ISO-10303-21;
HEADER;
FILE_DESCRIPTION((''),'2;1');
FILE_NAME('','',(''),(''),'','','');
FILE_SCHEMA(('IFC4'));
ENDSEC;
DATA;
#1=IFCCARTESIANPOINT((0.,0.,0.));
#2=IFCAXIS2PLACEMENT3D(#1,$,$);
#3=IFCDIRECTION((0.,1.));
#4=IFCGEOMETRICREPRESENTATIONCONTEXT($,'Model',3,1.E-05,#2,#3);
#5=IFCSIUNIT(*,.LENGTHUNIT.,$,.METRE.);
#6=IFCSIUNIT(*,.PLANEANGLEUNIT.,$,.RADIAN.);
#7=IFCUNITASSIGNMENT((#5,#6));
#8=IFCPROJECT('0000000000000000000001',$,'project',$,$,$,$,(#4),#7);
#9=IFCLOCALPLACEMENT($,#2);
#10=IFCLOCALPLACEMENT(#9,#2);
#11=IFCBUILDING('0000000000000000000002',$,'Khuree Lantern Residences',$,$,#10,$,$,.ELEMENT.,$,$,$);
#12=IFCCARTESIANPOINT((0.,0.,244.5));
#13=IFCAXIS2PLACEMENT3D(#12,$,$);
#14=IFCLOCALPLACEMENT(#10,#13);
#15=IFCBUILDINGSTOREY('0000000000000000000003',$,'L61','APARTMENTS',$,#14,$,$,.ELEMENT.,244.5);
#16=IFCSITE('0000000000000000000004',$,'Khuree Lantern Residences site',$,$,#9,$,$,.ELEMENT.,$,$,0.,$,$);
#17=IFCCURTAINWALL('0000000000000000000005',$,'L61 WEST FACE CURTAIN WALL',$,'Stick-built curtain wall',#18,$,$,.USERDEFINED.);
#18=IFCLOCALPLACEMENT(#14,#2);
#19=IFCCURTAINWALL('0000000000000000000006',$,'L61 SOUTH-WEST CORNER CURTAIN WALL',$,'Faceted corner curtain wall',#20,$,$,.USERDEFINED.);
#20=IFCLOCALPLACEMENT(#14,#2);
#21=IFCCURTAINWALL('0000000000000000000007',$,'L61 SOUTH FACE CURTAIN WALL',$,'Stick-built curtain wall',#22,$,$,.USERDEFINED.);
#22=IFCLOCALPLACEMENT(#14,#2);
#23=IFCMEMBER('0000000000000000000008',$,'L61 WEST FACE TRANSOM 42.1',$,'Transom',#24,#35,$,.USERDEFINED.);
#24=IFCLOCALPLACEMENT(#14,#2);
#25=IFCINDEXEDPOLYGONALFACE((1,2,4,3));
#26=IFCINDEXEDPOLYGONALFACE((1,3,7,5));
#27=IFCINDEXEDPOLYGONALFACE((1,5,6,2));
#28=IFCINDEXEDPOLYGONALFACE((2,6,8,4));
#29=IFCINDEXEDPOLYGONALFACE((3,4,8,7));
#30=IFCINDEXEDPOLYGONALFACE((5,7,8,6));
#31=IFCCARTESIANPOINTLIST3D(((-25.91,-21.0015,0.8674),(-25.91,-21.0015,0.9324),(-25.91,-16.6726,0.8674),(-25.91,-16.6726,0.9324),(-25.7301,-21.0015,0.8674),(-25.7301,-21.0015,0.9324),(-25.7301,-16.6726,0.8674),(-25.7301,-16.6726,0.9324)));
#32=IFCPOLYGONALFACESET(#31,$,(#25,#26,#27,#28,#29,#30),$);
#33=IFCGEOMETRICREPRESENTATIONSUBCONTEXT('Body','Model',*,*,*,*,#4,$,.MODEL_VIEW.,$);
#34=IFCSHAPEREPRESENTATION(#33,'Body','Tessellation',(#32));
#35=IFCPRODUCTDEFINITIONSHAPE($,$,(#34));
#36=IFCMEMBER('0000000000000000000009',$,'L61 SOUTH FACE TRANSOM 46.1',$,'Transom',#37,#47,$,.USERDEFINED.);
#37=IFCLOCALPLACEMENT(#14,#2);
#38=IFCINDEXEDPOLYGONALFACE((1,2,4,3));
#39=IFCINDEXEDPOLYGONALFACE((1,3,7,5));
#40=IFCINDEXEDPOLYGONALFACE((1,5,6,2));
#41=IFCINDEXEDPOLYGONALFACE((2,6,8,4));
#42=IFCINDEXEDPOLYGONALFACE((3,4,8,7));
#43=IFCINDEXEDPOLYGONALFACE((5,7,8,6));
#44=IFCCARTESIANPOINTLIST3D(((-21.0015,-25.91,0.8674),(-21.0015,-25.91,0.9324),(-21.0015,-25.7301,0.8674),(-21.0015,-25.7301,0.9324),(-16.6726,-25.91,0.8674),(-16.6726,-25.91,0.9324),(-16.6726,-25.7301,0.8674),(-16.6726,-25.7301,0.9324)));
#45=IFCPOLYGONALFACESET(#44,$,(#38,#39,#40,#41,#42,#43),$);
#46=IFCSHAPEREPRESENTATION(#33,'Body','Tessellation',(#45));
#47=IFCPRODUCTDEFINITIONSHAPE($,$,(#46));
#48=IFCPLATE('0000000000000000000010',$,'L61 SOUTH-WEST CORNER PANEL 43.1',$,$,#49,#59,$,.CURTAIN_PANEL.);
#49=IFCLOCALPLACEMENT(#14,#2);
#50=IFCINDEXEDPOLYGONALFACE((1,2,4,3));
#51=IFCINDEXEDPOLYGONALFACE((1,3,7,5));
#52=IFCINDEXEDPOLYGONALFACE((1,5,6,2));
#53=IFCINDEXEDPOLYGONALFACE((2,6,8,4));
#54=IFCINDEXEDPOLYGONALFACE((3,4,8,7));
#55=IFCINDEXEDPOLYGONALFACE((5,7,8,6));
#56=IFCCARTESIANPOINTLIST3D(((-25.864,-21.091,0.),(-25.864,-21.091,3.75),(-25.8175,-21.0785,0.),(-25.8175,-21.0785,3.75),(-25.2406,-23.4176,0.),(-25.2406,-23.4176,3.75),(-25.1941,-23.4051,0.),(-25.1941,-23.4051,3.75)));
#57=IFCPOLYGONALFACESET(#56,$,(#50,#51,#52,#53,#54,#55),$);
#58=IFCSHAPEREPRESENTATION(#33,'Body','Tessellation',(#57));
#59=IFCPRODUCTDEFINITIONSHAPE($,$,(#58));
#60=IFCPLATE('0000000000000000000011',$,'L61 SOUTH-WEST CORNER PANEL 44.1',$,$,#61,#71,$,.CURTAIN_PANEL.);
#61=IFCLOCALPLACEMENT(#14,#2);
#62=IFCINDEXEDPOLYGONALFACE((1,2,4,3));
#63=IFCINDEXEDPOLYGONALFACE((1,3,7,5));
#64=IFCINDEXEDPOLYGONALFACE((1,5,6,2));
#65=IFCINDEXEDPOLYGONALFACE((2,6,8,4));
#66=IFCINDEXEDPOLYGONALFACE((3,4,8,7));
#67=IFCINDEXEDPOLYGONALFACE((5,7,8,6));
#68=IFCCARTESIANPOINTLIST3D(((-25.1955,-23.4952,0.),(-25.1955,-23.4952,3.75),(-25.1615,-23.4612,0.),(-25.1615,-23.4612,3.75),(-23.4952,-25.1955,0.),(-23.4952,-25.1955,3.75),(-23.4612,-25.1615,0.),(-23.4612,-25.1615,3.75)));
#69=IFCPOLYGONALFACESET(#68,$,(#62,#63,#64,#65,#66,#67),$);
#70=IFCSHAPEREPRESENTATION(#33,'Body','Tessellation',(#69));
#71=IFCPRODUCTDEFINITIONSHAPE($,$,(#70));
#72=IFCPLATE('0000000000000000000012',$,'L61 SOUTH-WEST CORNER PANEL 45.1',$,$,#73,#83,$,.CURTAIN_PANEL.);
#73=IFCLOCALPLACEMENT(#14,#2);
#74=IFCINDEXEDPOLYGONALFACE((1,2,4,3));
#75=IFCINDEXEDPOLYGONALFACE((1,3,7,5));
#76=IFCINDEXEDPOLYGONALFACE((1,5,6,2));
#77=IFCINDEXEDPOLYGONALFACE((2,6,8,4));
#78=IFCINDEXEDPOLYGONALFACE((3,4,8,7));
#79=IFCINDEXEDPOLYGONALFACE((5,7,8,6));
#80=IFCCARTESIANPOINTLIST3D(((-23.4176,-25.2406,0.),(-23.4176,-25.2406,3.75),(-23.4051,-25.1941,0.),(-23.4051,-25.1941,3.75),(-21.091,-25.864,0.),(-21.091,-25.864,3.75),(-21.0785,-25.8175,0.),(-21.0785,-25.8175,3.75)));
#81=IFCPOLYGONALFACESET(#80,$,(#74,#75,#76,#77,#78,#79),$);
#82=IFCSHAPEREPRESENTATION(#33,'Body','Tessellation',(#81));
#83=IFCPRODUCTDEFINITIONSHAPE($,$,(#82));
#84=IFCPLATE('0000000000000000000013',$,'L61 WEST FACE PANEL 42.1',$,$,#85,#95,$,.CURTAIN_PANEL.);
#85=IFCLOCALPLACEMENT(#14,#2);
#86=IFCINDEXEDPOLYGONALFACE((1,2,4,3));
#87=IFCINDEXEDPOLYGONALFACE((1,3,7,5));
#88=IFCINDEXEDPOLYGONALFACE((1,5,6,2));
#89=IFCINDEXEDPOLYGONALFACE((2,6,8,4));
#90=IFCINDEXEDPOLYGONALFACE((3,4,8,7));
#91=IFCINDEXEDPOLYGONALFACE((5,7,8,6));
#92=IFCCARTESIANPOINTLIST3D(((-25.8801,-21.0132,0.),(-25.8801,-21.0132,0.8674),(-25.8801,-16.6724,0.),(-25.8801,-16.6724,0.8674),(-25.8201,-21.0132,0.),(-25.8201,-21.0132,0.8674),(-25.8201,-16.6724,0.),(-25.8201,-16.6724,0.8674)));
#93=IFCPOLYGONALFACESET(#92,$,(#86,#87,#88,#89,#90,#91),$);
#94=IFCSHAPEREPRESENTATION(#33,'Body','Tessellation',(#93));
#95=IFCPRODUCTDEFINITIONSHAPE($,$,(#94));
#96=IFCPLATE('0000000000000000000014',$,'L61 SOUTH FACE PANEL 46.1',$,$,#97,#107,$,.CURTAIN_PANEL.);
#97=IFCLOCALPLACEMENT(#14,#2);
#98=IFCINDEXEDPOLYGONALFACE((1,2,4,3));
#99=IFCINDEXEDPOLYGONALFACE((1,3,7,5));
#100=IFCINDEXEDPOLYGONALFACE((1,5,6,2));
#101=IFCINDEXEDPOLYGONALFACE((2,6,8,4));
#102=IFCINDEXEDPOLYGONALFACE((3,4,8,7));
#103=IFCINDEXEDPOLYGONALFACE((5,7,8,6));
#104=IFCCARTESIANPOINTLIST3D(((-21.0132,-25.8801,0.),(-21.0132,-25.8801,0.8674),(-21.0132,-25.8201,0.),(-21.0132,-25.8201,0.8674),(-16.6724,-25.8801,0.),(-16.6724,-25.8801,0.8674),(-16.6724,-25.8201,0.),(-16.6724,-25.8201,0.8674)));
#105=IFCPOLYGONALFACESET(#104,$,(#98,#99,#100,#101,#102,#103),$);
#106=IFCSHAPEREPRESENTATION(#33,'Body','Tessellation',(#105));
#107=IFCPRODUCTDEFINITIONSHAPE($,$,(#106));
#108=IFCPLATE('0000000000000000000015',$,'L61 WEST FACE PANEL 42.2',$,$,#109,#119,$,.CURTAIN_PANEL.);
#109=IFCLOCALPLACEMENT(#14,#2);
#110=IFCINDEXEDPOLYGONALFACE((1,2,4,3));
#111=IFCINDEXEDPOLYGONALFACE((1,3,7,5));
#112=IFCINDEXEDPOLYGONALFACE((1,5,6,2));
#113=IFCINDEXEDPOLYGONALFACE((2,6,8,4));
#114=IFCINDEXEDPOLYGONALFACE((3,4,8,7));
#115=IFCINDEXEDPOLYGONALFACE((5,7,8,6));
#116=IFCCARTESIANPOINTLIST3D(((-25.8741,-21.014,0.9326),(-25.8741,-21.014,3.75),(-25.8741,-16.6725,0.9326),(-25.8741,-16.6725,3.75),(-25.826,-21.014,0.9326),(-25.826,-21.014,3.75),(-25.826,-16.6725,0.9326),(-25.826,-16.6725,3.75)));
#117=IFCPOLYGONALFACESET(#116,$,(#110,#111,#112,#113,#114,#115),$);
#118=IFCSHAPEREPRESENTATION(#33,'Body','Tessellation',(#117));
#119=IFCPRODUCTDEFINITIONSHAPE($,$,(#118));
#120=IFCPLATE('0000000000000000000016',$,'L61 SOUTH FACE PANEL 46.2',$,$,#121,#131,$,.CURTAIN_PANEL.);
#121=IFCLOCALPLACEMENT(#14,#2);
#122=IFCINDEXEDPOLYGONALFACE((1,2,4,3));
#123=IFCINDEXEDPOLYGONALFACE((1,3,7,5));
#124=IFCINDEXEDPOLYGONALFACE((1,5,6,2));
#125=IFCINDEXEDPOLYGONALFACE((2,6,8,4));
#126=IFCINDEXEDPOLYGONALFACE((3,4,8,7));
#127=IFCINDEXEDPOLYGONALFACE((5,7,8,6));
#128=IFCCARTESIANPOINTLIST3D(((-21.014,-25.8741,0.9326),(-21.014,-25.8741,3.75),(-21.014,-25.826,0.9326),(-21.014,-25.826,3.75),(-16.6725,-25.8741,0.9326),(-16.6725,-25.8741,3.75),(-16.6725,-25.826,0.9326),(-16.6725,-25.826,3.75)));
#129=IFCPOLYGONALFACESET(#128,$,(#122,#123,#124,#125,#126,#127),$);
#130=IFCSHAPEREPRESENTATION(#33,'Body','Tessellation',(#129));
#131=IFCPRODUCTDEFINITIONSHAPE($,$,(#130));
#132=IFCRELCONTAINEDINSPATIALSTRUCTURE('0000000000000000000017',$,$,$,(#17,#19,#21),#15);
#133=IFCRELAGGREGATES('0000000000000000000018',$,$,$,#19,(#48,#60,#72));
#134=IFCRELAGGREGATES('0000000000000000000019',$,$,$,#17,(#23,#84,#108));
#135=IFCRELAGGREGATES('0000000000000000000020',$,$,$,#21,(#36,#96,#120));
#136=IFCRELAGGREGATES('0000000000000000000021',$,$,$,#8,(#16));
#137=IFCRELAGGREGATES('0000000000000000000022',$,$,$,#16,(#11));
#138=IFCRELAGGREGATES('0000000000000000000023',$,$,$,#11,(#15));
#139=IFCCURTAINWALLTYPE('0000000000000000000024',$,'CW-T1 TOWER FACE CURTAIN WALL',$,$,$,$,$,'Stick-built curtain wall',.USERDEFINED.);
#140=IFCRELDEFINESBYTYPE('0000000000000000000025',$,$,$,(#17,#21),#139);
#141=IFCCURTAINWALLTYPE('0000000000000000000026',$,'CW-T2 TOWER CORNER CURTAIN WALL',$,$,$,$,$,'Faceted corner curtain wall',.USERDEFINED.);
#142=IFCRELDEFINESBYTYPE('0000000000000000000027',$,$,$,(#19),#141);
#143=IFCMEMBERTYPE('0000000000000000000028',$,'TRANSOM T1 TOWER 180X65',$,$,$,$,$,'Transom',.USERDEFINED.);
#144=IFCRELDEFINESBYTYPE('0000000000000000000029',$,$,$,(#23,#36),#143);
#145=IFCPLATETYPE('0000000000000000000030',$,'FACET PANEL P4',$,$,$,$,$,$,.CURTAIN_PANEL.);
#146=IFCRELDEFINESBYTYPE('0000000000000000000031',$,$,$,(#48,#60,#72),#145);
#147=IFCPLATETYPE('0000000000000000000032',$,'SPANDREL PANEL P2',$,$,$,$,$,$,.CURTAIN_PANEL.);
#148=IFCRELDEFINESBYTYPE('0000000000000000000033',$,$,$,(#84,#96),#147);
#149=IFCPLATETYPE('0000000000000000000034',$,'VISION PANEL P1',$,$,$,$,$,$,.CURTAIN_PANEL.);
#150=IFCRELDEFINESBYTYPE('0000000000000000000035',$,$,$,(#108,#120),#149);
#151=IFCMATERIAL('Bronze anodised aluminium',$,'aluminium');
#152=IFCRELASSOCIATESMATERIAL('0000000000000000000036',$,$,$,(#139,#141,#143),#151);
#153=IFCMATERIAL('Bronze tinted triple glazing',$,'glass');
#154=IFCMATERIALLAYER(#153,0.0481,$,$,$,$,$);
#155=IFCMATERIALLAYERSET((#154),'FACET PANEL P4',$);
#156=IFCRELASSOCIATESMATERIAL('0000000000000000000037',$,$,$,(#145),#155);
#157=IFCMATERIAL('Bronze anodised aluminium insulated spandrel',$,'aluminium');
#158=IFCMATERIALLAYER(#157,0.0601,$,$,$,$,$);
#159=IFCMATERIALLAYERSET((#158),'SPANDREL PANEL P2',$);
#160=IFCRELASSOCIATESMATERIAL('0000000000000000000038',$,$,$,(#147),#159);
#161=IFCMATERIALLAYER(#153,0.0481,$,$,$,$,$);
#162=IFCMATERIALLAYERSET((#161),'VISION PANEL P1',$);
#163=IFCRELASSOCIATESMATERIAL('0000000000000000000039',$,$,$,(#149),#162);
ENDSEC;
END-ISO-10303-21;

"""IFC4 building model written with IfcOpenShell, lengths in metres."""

from ifc_helpers import new_model, si_unit, direction, frame, origin, origin_2d, place, context, subcontext, project, spatial, rectangle, extrude, material, layer, layer_set, material_profile, profile_set, type_object, element, aggregate, save


model = new_model("IFC4")

# Units and contexts
model_context = context("Model", 3, precision=1e-05, world=origin(), true_north=direction((0.0, 1.0)))
body_context = subcontext(model_context, "Body", "Model", "MODEL_VIEW")
ifc_project = project(units=[si_unit("LENGTHUNIT", "METRE"), si_unit("PLANEANGLEUNIT", "RADIAN")], contexts=[model_context])

# Site, building, storey
site_placement = place(None, origin())
site = spatial("IfcSite", under=ifc_project, at=site_placement, Name="Khuree Lantern Residences site", CompositionType="ELEMENT", RefElevation=0.0)
building_placement = place(site_placement, origin())
building = spatial("IfcBuilding", under=site, at=building_placement, Name="Khuree Lantern Residences", CompositionType="ELEMENT")
storey_placement = place(building_placement, frame((0.0, 0.0, 244.5)))
storey = spatial("IfcBuildingStorey", under=building, at=storey_placement, Name="L61", Description="APARTMENTS", CompositionType="ELEMENT", Elevation=244.5)

# Curtain walls
ifc_material_1 = material(Name="Bronze anodised aluminium", Category="aluminium")
curtain_wall_type_1 = type_object("IfcCurtainWallType", Name="CW-T1 TOWER FACE CURTAIN WALL", ElementType="Stick-built curtain wall", PredefinedType="USERDEFINED", material=ifc_material_1)
curtain_wall_1_placement = place(storey_placement, origin())
curtain_wall_1 = element("IfcCurtainWall", 1, at=curtain_wall_1_placement, inside=storey, type_object=curtain_wall_type_1, Name="L61 WEST FACE CURTAIN WALL", ObjectType="Stick-built curtain wall", PredefinedType="USERDEFINED")
curtain_wall_type_2 = type_object("IfcCurtainWallType", Name="CW-T2 TOWER CORNER CURTAIN WALL", ElementType="Faceted corner curtain wall", PredefinedType="USERDEFINED", material=ifc_material_1)
curtain_wall_2_placement = place(storey_placement, origin())
curtain_wall_2 = element("IfcCurtainWall", 2, at=curtain_wall_2_placement, inside=storey, type_object=curtain_wall_type_2, Name="L61 SOUTH-WEST CORNER CURTAIN WALL", ObjectType="Faceted corner curtain wall", PredefinedType="USERDEFINED")

# Curtain wall
curtain_wall_3_placement = place(storey_placement, origin())
curtain_wall_3 = element("IfcCurtainWall", 3, at=curtain_wall_3_placement, inside=storey, type_object=curtain_wall_type_1, Name="L61 SOUTH FACE CURTAIN WALL", ObjectType="Stick-built curtain wall", PredefinedType="USERDEFINED")

# Members
ifc_material_profile_1 = material_profile(ifc_material_1, rectangle(XDim=0.1799, YDim=0.0649, at=origin_2d()), Name="T1 180X65")
ifc_profile_set_1 = profile_set([ifc_material_profile_1], Name="Bronze anodised aluminium")
member_type_1 = type_object("IfcMemberType", Name="TRANSOM T1 TOWER 180X65", ElementType="Transom", PredefinedType="USERDEFINED", material=ifc_profile_set_1)
member_1_placement = place(storey_placement, frame((-25.8201, -16.6726, 0.8999), z_axis=(0.0, -1.0, 0.0), x_axis=(1.0, 0.0, 0.0)))
member_1 = element("IfcMember", 4, at=member_1_placement, type_object=member_type_1, Name="L61 WEST FACE TRANSOM 42.1", ObjectType="Transom", PredefinedType="USERDEFINED", context=body_context, shape_type="SweptSolid", body=[
    extrude(rectangle(XDim=0.1799, YDim=0.0649, at=origin_2d()), origin(), (0.0, 0.0, 1.0), 4.3289),
])
member_2_placement = place(storey_placement, frame((-21.0015, -25.8201, 0.8999), z_axis=(1.0, 0.0, 0.0), x_axis=(0.0, 1.0, 0.0)))
member_2 = element("IfcMember", 5, at=member_2_placement, type_object=member_type_1, Name="L61 SOUTH FACE TRANSOM 46.1", ObjectType="Transom", PredefinedType="USERDEFINED", context=body_context, shape_type="SweptSolid", body=[
    extrude(rectangle(XDim=0.1799, YDim=0.0649, at=origin_2d()), origin(), (0.0, 0.0, 1.0), 4.3289),
])

# Plates
ifc_material_2 = material(Name="Bronze tinted triple glazing", Category="glass")
ifc_layer_1 = layer(ifc_material_2, 0.0481)
ifc_layer_set_1 = layer_set([ifc_layer_1], Name="FACET PANEL P4")
plate_type_1 = type_object("IfcPlateType", Name="FACET PANEL P4", PredefinedType="CURTAIN_PANEL", material=ifc_layer_set_1)
plate_1_placement = place(storey_placement, frame((-25.5291, -22.248, 0.0), z_axis=(0.0, 0.0, 1.0), x_axis=(0.258819, -0.965926, 0.0)))
plate_1 = element("IfcPlate", 6, at=plate_1_placement, type_object=plate_type_1, Name="L61 SOUTH-WEST CORNER PANEL 43.1", PredefinedType="CURTAIN_PANEL", context=body_context, shape_type="SweptSolid", body=[
    extrude(rectangle(XDim=2.4087, YDim=0.0481, at=origin_2d()), origin(), (0.0, 0.0, 1.0), 3.75),
])
plate_2_placement = place(storey_placement, frame((-24.3284, -24.3284, 0.0), z_axis=(0.0, 0.0, 1.0), x_axis=(0.707107, -0.707107, 0.0)))
plate_2 = element("IfcPlate", 7, at=plate_2_placement, type_object=plate_type_1, Name="L61 SOUTH-WEST CORNER PANEL 44.1", PredefinedType="CURTAIN_PANEL", context=body_context, shape_type="SweptSolid", body=[
    extrude(rectangle(XDim=2.4045, YDim=0.0481, at=origin_2d()), origin(), (0.0, 0.0, 1.0), 3.75),
])
plate_3_placement = place(storey_placement, frame((-22.248, -25.5291, 0.0), z_axis=(0.0, 0.0, 1.0), x_axis=(0.965926, -0.258819, 0.0)))
plate_3 = element("IfcPlate", 8, at=plate_3_placement, type_object=plate_type_1, Name="L61 SOUTH-WEST CORNER PANEL 45.1", PredefinedType="CURTAIN_PANEL", context=body_context, shape_type="SweptSolid", body=[
    extrude(rectangle(XDim=2.4087, YDim=0.0481, at=origin_2d()), origin(), (0.0, 0.0, 1.0), 3.75),
])
aggregate(curtain_wall_2, [plate_1, plate_2, plate_3])
ifc_material_3 = material(Name="Bronze anodised aluminium insulated spandrel", Category="aluminium")
ifc_layer_2 = layer(ifc_material_3, 0.0601)
ifc_layer_set_2 = layer_set([ifc_layer_2], Name="SPANDREL PANEL P2")
plate_type_2 = type_object("IfcPlateType", Name="SPANDREL PANEL P2", PredefinedType="CURTAIN_PANEL", material=ifc_layer_set_2)
plate_4_placement = place(storey_placement, frame((-25.8501, -18.8428, 0.0), z_axis=(0.0, 0.0, 1.0), x_axis=(0.0, -1.0, 0.0)))
plate_4 = element("IfcPlate", 9, at=plate_4_placement, type_object=plate_type_2, Name="L61 WEST FACE PANEL 42.1", PredefinedType="CURTAIN_PANEL", context=body_context, shape_type="SweptSolid", body=[
    extrude(rectangle(XDim=4.3408, YDim=0.0601, at=origin_2d()), origin(), (0.0, 0.0, 1.0), 0.8674),
])
plate_5_placement = place(storey_placement, frame((-18.8428, -25.8501, 0.0), z_axis=(0.0, 0.0, 1.0), x_axis=(1.0, 0.0, 0.0)))
plate_5 = element("IfcPlate", 10, at=plate_5_placement, type_object=plate_type_2, Name="L61 SOUTH FACE PANEL 46.1", PredefinedType="CURTAIN_PANEL", context=body_context, shape_type="SweptSolid", body=[
    extrude(rectangle(XDim=4.3408, YDim=0.0601, at=origin_2d()), origin(), (0.0, 0.0, 1.0), 0.8674),
])
ifc_layer_3 = layer(ifc_material_2, 0.0481)
ifc_layer_set_3 = layer_set([ifc_layer_3], Name="VISION PANEL P1")
plate_type_3 = type_object("IfcPlateType", Name="VISION PANEL P1", PredefinedType="CURTAIN_PANEL", material=ifc_layer_set_3)
plate_6_placement = place(storey_placement, frame((-25.8501, -18.8433, 0.9326), z_axis=(0.0, 0.0, 1.0), x_axis=(0.0, -1.0, 0.0)))
plate_6 = element("IfcPlate", 11, at=plate_6_placement, type_object=plate_type_3, Name="L61 WEST FACE PANEL 42.2", PredefinedType="CURTAIN_PANEL", context=body_context, shape_type="SweptSolid", body=[
    extrude(rectangle(XDim=4.3416, YDim=0.0481, at=origin_2d()), origin(), (0.0, 0.0, 1.0), 2.8174),
])
aggregate(curtain_wall_1, [member_1, plate_4, plate_6])
plate_7_placement = place(storey_placement, frame((-18.8433, -25.8501, 0.9326), z_axis=(0.0, 0.0, 1.0), x_axis=(1.0, 0.0, 0.0)))
plate_7 = element("IfcPlate", 12, at=plate_7_placement, type_object=plate_type_3, Name="L61 SOUTH FACE PANEL 46.2", PredefinedType="CURTAIN_PANEL", context=body_context, shape_type="SweptSolid", body=[
    extrude(rectangle(XDim=4.3416, YDim=0.0481, at=origin_2d()), origin(), (0.0, 0.0, 1.0), 2.8174),
])
aggregate(curtain_wall_3, [member_2, plate_5, plate_7])

save(model, "model.ifc")
